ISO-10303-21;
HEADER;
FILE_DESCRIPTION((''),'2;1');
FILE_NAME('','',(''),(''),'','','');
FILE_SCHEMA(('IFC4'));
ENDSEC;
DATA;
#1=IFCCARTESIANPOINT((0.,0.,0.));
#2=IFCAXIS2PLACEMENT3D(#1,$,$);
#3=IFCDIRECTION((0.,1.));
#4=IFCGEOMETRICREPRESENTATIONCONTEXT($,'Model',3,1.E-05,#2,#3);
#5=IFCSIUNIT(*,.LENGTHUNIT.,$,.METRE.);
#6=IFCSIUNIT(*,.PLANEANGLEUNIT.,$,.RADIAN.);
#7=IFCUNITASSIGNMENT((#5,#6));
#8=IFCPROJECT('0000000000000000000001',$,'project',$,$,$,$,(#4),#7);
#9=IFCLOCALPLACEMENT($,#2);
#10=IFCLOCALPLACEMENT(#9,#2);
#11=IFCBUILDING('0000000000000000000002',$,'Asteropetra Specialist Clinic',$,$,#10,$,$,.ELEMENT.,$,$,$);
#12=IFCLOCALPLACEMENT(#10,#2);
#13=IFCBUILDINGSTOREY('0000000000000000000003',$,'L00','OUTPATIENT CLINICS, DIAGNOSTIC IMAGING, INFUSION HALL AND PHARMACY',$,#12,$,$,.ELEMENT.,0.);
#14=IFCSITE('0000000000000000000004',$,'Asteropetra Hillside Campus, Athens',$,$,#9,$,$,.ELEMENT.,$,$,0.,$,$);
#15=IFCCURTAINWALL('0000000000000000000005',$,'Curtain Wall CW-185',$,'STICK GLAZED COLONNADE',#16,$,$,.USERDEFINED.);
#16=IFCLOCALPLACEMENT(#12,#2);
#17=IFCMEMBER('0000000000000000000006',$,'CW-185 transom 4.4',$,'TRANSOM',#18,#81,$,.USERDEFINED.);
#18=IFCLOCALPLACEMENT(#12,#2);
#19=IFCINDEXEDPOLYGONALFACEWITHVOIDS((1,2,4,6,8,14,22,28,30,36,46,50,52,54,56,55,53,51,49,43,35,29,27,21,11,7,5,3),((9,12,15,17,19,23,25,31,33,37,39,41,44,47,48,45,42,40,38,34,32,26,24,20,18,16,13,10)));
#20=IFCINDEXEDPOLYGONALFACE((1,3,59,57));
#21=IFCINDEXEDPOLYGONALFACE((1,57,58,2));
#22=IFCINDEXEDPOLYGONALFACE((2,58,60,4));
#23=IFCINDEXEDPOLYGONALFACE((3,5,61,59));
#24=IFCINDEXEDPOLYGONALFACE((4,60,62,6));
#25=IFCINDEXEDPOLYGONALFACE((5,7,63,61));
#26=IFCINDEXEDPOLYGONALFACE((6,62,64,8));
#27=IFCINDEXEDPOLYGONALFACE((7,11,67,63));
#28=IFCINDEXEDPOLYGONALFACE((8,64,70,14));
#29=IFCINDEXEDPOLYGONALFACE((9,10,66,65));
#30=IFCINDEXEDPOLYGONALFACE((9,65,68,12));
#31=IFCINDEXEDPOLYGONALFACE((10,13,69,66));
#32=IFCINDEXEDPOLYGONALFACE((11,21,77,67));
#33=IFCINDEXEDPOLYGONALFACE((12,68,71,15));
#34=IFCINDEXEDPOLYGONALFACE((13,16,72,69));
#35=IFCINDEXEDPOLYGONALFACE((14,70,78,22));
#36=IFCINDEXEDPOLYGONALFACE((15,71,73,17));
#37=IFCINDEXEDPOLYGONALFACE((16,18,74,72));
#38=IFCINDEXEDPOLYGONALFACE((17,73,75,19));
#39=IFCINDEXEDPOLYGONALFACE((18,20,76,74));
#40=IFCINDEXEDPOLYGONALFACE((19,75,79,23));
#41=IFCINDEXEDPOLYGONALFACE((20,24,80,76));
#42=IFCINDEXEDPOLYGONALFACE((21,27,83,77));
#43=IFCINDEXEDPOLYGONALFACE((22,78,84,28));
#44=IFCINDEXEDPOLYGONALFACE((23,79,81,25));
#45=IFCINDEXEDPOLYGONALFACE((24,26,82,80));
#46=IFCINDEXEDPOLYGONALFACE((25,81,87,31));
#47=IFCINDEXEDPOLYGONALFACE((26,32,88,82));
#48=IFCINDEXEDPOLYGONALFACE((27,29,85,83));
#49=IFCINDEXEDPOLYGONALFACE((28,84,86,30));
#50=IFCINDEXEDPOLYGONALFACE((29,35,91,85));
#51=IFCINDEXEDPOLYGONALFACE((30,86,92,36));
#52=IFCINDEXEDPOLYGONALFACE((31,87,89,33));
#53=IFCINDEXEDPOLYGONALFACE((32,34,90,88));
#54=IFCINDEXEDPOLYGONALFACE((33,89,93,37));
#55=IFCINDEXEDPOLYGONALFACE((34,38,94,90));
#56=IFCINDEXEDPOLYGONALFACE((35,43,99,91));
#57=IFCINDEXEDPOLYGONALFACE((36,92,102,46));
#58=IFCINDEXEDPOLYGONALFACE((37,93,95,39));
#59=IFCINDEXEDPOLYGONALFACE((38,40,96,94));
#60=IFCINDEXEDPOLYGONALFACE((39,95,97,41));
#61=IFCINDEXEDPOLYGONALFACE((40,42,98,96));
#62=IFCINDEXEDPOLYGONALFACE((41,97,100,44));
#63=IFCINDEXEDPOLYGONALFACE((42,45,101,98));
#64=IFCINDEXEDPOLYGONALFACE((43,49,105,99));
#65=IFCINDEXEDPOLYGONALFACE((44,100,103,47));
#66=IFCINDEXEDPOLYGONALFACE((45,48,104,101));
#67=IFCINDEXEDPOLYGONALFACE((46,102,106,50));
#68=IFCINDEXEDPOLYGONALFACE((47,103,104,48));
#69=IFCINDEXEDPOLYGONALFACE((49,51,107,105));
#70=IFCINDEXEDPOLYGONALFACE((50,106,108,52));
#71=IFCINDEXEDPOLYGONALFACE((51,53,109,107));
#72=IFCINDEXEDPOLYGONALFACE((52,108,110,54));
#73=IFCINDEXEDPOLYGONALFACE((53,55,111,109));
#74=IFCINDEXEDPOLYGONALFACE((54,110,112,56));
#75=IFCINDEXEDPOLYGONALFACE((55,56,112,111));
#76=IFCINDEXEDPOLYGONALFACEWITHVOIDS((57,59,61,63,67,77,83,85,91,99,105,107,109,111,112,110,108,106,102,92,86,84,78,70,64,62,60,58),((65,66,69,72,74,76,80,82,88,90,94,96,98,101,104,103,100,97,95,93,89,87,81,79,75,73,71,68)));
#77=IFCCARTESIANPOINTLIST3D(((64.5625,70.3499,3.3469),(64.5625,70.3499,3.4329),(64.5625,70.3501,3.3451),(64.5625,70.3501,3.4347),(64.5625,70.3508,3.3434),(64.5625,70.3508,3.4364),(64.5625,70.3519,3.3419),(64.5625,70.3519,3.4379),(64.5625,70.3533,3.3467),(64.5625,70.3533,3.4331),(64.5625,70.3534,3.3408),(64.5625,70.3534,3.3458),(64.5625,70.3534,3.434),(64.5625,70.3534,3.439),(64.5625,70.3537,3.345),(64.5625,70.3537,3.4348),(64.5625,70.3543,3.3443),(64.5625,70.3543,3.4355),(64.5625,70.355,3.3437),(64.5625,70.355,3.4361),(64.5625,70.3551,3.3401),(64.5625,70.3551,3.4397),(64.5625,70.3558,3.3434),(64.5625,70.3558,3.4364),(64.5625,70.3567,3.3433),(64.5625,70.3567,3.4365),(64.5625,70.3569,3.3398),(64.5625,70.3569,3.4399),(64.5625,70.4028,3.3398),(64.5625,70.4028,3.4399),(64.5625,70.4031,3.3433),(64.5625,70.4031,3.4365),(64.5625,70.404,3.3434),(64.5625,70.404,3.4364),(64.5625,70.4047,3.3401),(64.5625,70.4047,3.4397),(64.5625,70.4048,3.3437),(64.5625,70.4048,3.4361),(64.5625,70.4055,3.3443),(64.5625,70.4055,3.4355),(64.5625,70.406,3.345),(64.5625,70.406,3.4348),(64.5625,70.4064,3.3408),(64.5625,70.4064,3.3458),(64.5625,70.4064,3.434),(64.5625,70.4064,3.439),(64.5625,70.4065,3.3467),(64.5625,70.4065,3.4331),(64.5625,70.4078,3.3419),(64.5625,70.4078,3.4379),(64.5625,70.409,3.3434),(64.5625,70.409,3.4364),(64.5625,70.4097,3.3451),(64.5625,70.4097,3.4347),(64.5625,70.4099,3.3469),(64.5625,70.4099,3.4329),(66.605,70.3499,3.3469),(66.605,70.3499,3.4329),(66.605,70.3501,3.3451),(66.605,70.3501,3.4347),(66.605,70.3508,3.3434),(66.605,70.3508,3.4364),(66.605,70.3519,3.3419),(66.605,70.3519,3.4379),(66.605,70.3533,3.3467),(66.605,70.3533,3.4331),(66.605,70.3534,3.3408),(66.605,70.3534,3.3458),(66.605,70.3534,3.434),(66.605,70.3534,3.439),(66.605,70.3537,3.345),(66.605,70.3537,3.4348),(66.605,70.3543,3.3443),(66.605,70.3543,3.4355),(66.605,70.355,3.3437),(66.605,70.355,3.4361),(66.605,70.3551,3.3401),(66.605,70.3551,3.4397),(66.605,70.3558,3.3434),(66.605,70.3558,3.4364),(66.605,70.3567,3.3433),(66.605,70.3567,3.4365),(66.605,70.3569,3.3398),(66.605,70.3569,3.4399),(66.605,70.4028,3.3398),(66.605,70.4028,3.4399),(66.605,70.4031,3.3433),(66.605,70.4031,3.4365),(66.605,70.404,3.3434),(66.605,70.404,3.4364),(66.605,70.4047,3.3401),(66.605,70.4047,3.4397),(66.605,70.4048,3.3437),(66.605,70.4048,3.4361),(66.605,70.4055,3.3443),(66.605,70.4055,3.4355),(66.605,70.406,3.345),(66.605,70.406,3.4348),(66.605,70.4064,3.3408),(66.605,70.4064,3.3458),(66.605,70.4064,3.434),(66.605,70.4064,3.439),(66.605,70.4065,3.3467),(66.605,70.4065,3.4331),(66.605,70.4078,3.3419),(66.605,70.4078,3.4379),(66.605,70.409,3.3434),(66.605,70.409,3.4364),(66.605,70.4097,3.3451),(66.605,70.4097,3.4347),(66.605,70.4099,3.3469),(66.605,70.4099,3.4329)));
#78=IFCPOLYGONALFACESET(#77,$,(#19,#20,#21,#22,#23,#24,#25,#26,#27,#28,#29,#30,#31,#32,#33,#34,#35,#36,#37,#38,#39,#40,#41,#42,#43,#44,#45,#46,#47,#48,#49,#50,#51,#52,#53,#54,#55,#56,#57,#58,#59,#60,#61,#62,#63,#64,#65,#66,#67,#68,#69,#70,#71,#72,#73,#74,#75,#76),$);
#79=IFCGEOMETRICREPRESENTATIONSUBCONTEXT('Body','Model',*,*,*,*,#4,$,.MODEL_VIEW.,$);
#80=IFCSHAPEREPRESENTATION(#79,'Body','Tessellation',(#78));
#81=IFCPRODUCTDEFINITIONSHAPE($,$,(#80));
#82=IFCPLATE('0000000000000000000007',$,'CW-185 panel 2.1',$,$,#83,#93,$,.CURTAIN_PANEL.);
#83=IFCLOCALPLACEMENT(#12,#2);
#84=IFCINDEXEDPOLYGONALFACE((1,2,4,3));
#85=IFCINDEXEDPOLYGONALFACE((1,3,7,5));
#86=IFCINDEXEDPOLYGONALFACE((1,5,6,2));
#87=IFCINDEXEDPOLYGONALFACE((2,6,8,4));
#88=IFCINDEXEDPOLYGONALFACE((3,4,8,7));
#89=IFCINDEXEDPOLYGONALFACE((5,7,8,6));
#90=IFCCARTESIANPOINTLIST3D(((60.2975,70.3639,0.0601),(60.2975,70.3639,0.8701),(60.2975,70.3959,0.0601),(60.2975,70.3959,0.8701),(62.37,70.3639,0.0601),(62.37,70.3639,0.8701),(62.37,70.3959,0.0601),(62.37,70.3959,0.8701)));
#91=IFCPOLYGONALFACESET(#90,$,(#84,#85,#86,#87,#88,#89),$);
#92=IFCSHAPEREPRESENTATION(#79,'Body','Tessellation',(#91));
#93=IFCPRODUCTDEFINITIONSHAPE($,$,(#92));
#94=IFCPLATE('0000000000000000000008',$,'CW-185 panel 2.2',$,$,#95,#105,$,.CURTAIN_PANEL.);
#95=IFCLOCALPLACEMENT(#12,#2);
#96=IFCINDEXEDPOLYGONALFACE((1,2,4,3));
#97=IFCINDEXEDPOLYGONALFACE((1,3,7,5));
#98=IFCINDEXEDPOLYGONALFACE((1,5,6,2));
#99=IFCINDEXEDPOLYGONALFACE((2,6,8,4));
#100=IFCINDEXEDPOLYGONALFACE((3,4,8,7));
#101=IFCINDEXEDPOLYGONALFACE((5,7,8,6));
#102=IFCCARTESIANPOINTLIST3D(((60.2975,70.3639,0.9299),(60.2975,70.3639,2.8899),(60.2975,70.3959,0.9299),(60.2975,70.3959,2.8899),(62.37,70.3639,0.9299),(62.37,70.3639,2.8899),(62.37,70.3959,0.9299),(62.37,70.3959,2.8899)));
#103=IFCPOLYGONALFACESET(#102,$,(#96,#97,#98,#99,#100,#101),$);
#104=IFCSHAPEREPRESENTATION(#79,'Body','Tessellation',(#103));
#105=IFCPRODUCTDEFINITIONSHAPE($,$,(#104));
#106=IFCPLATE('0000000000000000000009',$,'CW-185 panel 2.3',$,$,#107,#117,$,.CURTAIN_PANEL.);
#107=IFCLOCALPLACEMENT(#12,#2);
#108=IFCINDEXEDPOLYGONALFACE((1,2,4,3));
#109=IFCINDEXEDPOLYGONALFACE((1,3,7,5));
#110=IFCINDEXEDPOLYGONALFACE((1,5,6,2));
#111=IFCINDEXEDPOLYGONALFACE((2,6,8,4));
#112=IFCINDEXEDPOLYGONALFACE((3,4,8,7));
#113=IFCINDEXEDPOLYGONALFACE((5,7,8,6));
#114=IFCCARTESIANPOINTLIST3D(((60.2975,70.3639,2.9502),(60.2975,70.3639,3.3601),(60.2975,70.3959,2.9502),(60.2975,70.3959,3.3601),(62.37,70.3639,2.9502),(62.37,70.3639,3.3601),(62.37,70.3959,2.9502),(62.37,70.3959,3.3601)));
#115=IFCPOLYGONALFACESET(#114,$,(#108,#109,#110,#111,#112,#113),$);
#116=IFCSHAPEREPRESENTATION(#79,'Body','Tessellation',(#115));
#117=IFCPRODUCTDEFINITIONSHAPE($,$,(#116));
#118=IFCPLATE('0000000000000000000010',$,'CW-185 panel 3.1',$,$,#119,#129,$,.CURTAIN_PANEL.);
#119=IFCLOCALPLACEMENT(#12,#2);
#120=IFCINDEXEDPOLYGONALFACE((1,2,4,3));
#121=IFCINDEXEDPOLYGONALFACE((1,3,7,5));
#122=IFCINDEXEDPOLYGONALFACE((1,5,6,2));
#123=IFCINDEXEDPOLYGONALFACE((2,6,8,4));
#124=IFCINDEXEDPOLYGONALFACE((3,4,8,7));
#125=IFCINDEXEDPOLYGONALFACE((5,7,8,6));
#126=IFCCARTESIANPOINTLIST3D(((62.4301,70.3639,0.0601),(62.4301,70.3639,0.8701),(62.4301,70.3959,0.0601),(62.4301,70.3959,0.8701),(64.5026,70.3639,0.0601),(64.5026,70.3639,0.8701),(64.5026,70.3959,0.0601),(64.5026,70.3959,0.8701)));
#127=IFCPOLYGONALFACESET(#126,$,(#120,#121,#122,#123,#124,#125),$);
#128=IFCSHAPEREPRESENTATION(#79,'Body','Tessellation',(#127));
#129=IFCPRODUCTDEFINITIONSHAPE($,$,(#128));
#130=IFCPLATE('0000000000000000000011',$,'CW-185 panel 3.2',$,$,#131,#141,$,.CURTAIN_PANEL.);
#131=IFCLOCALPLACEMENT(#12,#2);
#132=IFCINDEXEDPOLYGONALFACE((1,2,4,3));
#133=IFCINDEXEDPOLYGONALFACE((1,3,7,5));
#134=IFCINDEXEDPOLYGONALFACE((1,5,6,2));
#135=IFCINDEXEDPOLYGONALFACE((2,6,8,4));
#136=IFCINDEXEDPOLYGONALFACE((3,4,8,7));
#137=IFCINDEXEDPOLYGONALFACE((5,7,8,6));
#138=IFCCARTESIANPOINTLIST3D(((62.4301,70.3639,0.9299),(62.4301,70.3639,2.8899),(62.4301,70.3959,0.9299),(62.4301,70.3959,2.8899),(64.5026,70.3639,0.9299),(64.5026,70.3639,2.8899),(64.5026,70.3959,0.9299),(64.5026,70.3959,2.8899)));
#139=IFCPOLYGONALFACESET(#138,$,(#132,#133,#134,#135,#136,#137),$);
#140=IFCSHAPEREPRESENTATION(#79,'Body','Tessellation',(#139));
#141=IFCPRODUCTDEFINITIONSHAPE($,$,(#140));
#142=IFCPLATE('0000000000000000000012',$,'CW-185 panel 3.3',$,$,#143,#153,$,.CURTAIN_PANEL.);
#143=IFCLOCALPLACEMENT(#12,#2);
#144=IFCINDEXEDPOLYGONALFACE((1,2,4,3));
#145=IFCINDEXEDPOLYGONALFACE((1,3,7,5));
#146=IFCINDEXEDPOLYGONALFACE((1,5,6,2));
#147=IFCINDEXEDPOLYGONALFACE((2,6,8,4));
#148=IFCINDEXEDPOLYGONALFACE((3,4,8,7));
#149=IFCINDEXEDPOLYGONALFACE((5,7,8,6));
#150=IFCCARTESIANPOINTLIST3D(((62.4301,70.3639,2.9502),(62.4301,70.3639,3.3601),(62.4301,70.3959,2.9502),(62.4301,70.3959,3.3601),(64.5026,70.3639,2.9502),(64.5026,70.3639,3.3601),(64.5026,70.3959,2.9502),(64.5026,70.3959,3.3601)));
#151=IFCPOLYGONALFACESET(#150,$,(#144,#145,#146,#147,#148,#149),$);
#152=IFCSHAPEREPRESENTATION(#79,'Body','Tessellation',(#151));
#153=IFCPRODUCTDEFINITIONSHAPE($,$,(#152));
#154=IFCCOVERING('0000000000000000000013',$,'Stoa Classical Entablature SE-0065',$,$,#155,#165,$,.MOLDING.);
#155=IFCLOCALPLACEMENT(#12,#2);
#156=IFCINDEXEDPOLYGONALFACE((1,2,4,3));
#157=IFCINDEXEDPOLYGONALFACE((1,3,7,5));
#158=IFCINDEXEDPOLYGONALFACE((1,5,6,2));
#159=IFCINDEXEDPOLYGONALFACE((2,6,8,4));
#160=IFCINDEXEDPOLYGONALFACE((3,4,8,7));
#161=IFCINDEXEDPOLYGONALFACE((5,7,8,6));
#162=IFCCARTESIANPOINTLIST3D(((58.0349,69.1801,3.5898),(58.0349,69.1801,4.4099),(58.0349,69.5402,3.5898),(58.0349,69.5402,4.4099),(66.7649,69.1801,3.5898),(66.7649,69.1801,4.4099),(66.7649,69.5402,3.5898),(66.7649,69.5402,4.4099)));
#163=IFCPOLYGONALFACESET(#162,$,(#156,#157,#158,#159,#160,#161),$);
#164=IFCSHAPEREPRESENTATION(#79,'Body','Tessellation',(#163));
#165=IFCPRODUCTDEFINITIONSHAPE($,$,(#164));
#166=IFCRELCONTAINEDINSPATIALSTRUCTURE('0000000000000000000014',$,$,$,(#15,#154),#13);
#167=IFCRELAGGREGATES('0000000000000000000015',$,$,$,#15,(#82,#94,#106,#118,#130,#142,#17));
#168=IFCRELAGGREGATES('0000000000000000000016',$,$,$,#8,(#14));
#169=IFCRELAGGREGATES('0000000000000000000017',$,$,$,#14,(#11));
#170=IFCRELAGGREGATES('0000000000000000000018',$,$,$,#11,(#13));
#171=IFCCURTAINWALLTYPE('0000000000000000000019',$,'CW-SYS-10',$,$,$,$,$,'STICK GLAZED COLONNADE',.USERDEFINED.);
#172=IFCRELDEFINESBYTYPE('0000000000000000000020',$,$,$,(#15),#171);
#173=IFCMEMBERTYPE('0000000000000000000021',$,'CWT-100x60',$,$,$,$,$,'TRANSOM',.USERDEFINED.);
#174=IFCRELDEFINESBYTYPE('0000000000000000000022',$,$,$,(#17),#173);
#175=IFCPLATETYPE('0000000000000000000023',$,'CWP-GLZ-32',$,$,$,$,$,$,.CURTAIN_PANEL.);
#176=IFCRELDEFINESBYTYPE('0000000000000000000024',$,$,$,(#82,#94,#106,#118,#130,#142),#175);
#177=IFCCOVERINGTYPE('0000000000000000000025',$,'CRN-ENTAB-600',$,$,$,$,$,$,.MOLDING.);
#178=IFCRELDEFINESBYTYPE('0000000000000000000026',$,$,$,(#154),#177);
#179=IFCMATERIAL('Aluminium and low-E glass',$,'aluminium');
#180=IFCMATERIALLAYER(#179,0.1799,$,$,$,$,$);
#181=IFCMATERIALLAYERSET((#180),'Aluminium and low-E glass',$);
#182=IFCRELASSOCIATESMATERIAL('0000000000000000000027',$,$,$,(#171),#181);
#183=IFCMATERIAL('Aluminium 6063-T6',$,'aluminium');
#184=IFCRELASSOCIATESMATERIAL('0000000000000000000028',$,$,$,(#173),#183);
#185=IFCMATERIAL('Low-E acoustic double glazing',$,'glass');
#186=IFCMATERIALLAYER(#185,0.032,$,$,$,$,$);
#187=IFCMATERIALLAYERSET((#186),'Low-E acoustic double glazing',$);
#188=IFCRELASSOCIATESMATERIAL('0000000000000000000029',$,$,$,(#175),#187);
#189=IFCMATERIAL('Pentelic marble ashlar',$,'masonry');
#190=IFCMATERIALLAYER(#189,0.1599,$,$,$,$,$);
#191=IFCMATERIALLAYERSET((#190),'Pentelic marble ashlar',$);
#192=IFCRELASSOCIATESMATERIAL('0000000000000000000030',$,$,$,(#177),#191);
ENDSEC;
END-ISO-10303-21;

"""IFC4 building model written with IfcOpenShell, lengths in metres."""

from ifc_helpers import new_model, si_unit, direction, frame, origin, origin_2d, place, context, subcontext, project, spatial, rectangle, hollow_rectangle, extrude, material, layer, layer_set, material_profile, profile_set, type_object, element, aggregate, save


model = new_model("IFC4")

# Units and contexts
model_context = context("Model", 3, precision=1e-05, world=origin(), true_north=direction((0.0, 1.0)))
body_context = subcontext(model_context, "Body", "Model", "MODEL_VIEW")
ifc_project = project(units=[si_unit("LENGTHUNIT", "METRE"), si_unit("PLANEANGLEUNIT", "RADIAN")], contexts=[model_context])

# Site, building, storey
site_placement = place(None, origin())
site = spatial("IfcSite", under=ifc_project, at=site_placement, Name="Asteropetra Hillside Campus, Athens", CompositionType="ELEMENT", RefElevation=0.0)
building_placement = place(site_placement, origin())
building = spatial("IfcBuilding", under=site, at=building_placement, Name="Asteropetra Specialist Clinic", CompositionType="ELEMENT")
storey_placement = place(building_placement, origin())
storey = spatial("IfcBuildingStorey", under=building, at=storey_placement, Name="L00", Description="OUTPATIENT CLINICS, DIAGNOSTIC IMAGING, INFUSION HALL AND PHARMACY", CompositionType="ELEMENT", Elevation=0.0)

# Curtain wall, member, plates
ifc_material_1 = material(Name="Aluminium and low-E glass", Category="aluminium")
ifc_layer_1 = layer(ifc_material_1, 0.1799)
ifc_layer_set_1 = layer_set([ifc_layer_1], Name="Aluminium and low-E glass")
curtain_wall_type = type_object("IfcCurtainWallType", Name="CW-SYS-10", ElementType="STICK GLAZED COLONNADE", PredefinedType="USERDEFINED", material=ifc_layer_set_1)
curtain_wall_placement = place(storey_placement, origin())
curtain_wall = element("IfcCurtainWall", 1, at=curtain_wall_placement, inside=storey, type_object=curtain_wall_type, Name="Curtain Wall CW-185", ObjectType="STICK GLAZED COLONNADE", PredefinedType="USERDEFINED")
ifc_material_2 = material(Name="Aluminium 6063-T6", Category="aluminium")
ifc_material_profile_1 = material_profile(ifc_material_2, hollow_rectangle(XDim=0.0601, YDim=0.1001, WallThickness=0.0034, InnerFilletRadius=0.0034, OuterFilletRadius=0.0071, at=origin_2d()), Name="TRN 100x60x3.5")
ifc_profile_set_1 = profile_set([ifc_material_profile_1], Name="Aluminium 6063-T6")
member_type_1 = type_object("IfcMemberType", Name="CWT-100x60", ElementType="TRANSOM", PredefinedType="USERDEFINED", material=ifc_profile_set_1)
member_1_placement = place(storey_placement, frame((64.5625, 70.3799, 3.3899), z_axis=(1.0, 0.0, 0.0), x_axis=(0.0, 1.0, 0.0)))
member_1 = element("IfcMember", 2, at=member_1_placement, type_object=member_type_1, Name="CW-185 transom 4.4", ObjectType="TRANSOM", PredefinedType="USERDEFINED", context=body_context, shape_type="SweptSolid", body=[
    extrude(hollow_rectangle(XDim=0.0601, YDim=0.1001, WallThickness=0.0034, InnerFilletRadius=0.0034, OuterFilletRadius=0.0071, at=origin_2d()), origin(), (0.0, 0.0, 1.0), 2.0425),
])
ifc_material_3 = material(Name="Low-E acoustic double glazing", Category="glass")
ifc_layer_2 = layer(ifc_material_3, 0.032)
ifc_layer_set_2 = layer_set([ifc_layer_2], Name="Low-E acoustic double glazing")
plate_type = type_object("IfcPlateType", Name="CWP-GLZ-32", PredefinedType="CURTAIN_PANEL", material=ifc_layer_set_2)
plate_1_placement = place(storey_placement, frame((61.3337, 70.3799, 0.0601), z_axis=(0.0, 0.0, 1.0), x_axis=(1.0, 0.0, 0.0)))
plate_1 = element("IfcPlate", 3, at=plate_1_placement, type_object=plate_type, Name="CW-185 panel 2.1", PredefinedType="CURTAIN_PANEL", context=body_context, shape_type="SweptSolid", body=[
    extrude(rectangle(XDim=2.0725, YDim=0.032, at=origin_2d()), origin(), (0.0, 0.0, 1.0), 0.8101),
])
plate_2_placement = place(storey_placement, frame((61.3337, 70.3799, 0.9299), z_axis=(0.0, 0.0, 1.0), x_axis=(1.0, 0.0, 0.0)))
plate_2 = element("IfcPlate", 4, at=plate_2_placement, type_object=plate_type, Name="CW-185 panel 2.2", PredefinedType="CURTAIN_PANEL", context=body_context, shape_type="SweptSolid", body=[
    extrude(rectangle(XDim=2.0725, YDim=0.032, at=origin_2d()), origin(), (0.0, 0.0, 1.0), 1.96),
])
plate_3_placement = place(storey_placement, frame((61.3337, 70.3799, 2.9502), z_axis=(0.0, 0.0, 1.0), x_axis=(1.0, 0.0, 0.0)))
plate_3 = element("IfcPlate", 5, at=plate_3_placement, type_object=plate_type, Name="CW-185 panel 2.3", PredefinedType="CURTAIN_PANEL", context=body_context, shape_type="SweptSolid", body=[
    extrude(rectangle(XDim=2.0725, YDim=0.032, at=origin_2d()), origin(), (0.0, 0.0, 1.0), 0.4099),
])
plate_4_placement = place(storey_placement, frame((63.4663, 70.3799, 0.0601), z_axis=(0.0, 0.0, 1.0), x_axis=(1.0, 0.0, 0.0)))
plate_4 = element("IfcPlate", 6, at=plate_4_placement, type_object=plate_type, Name="CW-185 panel 3.1", PredefinedType="CURTAIN_PANEL", context=body_context, shape_type="SweptSolid", body=[
    extrude(rectangle(XDim=2.0725, YDim=0.032, at=origin_2d()), origin(), (0.0, 0.0, 1.0), 0.8101),
])
plate_5_placement = place(storey_placement, frame((63.4663, 70.3799, 0.9299), z_axis=(0.0, 0.0, 1.0), x_axis=(1.0, 0.0, 0.0)))
plate_5 = element("IfcPlate", 7, at=plate_5_placement, type_object=plate_type, Name="CW-185 panel 3.2", PredefinedType="CURTAIN_PANEL", context=body_context, shape_type="SweptSolid", body=[
    extrude(rectangle(XDim=2.0725, YDim=0.032, at=origin_2d()), origin(), (0.0, 0.0, 1.0), 1.96),
])
plate_6_placement = place(storey_placement, frame((63.4663, 70.3799, 2.9502), z_axis=(0.0, 0.0, 1.0), x_axis=(1.0, 0.0, 0.0)))
plate_6 = element("IfcPlate", 8, at=plate_6_placement, type_object=plate_type, Name="CW-185 panel 3.3", PredefinedType="CURTAIN_PANEL", context=body_context, shape_type="SweptSolid", body=[
    extrude(rectangle(XDim=2.0725, YDim=0.032, at=origin_2d()), origin(), (0.0, 0.0, 1.0), 0.4099),
])
aggregate(curtain_wall, [plate_1, plate_2, plate_3, plate_4, plate_5, plate_6, member_1])

# Covering
ifc_material_4 = material(Name="Pentelic marble ashlar", Category="masonry")
ifc_layer_3 = layer(ifc_material_4, 0.1599)
ifc_layer_set_3 = layer_set([ifc_layer_3], Name="Pentelic marble ashlar")
covering_type = type_object("IfcCoveringType", Name="CRN-ENTAB-600", PredefinedType="MOLDING", material=ifc_layer_set_3)
covering_placement = place(storey_placement, frame((62.3999, 69.3601, 3.5898), z_axis=(0.0, 0.0, 1.0), x_axis=(1.0, 0.0, 0.0)))
element("IfcCovering", 9, at=covering_placement, inside=storey, type_object=covering_type, Name="Stoa Classical Entablature SE-0065", PredefinedType="MOLDING", context=body_context, shape_type="SweptSolid", body=[
    extrude(rectangle(XDim=8.73, YDim=0.3601, at=origin_2d()), origin(), (0.0, 0.0, 1.0), 0.8201),
])

save(model, "model.ifc")
